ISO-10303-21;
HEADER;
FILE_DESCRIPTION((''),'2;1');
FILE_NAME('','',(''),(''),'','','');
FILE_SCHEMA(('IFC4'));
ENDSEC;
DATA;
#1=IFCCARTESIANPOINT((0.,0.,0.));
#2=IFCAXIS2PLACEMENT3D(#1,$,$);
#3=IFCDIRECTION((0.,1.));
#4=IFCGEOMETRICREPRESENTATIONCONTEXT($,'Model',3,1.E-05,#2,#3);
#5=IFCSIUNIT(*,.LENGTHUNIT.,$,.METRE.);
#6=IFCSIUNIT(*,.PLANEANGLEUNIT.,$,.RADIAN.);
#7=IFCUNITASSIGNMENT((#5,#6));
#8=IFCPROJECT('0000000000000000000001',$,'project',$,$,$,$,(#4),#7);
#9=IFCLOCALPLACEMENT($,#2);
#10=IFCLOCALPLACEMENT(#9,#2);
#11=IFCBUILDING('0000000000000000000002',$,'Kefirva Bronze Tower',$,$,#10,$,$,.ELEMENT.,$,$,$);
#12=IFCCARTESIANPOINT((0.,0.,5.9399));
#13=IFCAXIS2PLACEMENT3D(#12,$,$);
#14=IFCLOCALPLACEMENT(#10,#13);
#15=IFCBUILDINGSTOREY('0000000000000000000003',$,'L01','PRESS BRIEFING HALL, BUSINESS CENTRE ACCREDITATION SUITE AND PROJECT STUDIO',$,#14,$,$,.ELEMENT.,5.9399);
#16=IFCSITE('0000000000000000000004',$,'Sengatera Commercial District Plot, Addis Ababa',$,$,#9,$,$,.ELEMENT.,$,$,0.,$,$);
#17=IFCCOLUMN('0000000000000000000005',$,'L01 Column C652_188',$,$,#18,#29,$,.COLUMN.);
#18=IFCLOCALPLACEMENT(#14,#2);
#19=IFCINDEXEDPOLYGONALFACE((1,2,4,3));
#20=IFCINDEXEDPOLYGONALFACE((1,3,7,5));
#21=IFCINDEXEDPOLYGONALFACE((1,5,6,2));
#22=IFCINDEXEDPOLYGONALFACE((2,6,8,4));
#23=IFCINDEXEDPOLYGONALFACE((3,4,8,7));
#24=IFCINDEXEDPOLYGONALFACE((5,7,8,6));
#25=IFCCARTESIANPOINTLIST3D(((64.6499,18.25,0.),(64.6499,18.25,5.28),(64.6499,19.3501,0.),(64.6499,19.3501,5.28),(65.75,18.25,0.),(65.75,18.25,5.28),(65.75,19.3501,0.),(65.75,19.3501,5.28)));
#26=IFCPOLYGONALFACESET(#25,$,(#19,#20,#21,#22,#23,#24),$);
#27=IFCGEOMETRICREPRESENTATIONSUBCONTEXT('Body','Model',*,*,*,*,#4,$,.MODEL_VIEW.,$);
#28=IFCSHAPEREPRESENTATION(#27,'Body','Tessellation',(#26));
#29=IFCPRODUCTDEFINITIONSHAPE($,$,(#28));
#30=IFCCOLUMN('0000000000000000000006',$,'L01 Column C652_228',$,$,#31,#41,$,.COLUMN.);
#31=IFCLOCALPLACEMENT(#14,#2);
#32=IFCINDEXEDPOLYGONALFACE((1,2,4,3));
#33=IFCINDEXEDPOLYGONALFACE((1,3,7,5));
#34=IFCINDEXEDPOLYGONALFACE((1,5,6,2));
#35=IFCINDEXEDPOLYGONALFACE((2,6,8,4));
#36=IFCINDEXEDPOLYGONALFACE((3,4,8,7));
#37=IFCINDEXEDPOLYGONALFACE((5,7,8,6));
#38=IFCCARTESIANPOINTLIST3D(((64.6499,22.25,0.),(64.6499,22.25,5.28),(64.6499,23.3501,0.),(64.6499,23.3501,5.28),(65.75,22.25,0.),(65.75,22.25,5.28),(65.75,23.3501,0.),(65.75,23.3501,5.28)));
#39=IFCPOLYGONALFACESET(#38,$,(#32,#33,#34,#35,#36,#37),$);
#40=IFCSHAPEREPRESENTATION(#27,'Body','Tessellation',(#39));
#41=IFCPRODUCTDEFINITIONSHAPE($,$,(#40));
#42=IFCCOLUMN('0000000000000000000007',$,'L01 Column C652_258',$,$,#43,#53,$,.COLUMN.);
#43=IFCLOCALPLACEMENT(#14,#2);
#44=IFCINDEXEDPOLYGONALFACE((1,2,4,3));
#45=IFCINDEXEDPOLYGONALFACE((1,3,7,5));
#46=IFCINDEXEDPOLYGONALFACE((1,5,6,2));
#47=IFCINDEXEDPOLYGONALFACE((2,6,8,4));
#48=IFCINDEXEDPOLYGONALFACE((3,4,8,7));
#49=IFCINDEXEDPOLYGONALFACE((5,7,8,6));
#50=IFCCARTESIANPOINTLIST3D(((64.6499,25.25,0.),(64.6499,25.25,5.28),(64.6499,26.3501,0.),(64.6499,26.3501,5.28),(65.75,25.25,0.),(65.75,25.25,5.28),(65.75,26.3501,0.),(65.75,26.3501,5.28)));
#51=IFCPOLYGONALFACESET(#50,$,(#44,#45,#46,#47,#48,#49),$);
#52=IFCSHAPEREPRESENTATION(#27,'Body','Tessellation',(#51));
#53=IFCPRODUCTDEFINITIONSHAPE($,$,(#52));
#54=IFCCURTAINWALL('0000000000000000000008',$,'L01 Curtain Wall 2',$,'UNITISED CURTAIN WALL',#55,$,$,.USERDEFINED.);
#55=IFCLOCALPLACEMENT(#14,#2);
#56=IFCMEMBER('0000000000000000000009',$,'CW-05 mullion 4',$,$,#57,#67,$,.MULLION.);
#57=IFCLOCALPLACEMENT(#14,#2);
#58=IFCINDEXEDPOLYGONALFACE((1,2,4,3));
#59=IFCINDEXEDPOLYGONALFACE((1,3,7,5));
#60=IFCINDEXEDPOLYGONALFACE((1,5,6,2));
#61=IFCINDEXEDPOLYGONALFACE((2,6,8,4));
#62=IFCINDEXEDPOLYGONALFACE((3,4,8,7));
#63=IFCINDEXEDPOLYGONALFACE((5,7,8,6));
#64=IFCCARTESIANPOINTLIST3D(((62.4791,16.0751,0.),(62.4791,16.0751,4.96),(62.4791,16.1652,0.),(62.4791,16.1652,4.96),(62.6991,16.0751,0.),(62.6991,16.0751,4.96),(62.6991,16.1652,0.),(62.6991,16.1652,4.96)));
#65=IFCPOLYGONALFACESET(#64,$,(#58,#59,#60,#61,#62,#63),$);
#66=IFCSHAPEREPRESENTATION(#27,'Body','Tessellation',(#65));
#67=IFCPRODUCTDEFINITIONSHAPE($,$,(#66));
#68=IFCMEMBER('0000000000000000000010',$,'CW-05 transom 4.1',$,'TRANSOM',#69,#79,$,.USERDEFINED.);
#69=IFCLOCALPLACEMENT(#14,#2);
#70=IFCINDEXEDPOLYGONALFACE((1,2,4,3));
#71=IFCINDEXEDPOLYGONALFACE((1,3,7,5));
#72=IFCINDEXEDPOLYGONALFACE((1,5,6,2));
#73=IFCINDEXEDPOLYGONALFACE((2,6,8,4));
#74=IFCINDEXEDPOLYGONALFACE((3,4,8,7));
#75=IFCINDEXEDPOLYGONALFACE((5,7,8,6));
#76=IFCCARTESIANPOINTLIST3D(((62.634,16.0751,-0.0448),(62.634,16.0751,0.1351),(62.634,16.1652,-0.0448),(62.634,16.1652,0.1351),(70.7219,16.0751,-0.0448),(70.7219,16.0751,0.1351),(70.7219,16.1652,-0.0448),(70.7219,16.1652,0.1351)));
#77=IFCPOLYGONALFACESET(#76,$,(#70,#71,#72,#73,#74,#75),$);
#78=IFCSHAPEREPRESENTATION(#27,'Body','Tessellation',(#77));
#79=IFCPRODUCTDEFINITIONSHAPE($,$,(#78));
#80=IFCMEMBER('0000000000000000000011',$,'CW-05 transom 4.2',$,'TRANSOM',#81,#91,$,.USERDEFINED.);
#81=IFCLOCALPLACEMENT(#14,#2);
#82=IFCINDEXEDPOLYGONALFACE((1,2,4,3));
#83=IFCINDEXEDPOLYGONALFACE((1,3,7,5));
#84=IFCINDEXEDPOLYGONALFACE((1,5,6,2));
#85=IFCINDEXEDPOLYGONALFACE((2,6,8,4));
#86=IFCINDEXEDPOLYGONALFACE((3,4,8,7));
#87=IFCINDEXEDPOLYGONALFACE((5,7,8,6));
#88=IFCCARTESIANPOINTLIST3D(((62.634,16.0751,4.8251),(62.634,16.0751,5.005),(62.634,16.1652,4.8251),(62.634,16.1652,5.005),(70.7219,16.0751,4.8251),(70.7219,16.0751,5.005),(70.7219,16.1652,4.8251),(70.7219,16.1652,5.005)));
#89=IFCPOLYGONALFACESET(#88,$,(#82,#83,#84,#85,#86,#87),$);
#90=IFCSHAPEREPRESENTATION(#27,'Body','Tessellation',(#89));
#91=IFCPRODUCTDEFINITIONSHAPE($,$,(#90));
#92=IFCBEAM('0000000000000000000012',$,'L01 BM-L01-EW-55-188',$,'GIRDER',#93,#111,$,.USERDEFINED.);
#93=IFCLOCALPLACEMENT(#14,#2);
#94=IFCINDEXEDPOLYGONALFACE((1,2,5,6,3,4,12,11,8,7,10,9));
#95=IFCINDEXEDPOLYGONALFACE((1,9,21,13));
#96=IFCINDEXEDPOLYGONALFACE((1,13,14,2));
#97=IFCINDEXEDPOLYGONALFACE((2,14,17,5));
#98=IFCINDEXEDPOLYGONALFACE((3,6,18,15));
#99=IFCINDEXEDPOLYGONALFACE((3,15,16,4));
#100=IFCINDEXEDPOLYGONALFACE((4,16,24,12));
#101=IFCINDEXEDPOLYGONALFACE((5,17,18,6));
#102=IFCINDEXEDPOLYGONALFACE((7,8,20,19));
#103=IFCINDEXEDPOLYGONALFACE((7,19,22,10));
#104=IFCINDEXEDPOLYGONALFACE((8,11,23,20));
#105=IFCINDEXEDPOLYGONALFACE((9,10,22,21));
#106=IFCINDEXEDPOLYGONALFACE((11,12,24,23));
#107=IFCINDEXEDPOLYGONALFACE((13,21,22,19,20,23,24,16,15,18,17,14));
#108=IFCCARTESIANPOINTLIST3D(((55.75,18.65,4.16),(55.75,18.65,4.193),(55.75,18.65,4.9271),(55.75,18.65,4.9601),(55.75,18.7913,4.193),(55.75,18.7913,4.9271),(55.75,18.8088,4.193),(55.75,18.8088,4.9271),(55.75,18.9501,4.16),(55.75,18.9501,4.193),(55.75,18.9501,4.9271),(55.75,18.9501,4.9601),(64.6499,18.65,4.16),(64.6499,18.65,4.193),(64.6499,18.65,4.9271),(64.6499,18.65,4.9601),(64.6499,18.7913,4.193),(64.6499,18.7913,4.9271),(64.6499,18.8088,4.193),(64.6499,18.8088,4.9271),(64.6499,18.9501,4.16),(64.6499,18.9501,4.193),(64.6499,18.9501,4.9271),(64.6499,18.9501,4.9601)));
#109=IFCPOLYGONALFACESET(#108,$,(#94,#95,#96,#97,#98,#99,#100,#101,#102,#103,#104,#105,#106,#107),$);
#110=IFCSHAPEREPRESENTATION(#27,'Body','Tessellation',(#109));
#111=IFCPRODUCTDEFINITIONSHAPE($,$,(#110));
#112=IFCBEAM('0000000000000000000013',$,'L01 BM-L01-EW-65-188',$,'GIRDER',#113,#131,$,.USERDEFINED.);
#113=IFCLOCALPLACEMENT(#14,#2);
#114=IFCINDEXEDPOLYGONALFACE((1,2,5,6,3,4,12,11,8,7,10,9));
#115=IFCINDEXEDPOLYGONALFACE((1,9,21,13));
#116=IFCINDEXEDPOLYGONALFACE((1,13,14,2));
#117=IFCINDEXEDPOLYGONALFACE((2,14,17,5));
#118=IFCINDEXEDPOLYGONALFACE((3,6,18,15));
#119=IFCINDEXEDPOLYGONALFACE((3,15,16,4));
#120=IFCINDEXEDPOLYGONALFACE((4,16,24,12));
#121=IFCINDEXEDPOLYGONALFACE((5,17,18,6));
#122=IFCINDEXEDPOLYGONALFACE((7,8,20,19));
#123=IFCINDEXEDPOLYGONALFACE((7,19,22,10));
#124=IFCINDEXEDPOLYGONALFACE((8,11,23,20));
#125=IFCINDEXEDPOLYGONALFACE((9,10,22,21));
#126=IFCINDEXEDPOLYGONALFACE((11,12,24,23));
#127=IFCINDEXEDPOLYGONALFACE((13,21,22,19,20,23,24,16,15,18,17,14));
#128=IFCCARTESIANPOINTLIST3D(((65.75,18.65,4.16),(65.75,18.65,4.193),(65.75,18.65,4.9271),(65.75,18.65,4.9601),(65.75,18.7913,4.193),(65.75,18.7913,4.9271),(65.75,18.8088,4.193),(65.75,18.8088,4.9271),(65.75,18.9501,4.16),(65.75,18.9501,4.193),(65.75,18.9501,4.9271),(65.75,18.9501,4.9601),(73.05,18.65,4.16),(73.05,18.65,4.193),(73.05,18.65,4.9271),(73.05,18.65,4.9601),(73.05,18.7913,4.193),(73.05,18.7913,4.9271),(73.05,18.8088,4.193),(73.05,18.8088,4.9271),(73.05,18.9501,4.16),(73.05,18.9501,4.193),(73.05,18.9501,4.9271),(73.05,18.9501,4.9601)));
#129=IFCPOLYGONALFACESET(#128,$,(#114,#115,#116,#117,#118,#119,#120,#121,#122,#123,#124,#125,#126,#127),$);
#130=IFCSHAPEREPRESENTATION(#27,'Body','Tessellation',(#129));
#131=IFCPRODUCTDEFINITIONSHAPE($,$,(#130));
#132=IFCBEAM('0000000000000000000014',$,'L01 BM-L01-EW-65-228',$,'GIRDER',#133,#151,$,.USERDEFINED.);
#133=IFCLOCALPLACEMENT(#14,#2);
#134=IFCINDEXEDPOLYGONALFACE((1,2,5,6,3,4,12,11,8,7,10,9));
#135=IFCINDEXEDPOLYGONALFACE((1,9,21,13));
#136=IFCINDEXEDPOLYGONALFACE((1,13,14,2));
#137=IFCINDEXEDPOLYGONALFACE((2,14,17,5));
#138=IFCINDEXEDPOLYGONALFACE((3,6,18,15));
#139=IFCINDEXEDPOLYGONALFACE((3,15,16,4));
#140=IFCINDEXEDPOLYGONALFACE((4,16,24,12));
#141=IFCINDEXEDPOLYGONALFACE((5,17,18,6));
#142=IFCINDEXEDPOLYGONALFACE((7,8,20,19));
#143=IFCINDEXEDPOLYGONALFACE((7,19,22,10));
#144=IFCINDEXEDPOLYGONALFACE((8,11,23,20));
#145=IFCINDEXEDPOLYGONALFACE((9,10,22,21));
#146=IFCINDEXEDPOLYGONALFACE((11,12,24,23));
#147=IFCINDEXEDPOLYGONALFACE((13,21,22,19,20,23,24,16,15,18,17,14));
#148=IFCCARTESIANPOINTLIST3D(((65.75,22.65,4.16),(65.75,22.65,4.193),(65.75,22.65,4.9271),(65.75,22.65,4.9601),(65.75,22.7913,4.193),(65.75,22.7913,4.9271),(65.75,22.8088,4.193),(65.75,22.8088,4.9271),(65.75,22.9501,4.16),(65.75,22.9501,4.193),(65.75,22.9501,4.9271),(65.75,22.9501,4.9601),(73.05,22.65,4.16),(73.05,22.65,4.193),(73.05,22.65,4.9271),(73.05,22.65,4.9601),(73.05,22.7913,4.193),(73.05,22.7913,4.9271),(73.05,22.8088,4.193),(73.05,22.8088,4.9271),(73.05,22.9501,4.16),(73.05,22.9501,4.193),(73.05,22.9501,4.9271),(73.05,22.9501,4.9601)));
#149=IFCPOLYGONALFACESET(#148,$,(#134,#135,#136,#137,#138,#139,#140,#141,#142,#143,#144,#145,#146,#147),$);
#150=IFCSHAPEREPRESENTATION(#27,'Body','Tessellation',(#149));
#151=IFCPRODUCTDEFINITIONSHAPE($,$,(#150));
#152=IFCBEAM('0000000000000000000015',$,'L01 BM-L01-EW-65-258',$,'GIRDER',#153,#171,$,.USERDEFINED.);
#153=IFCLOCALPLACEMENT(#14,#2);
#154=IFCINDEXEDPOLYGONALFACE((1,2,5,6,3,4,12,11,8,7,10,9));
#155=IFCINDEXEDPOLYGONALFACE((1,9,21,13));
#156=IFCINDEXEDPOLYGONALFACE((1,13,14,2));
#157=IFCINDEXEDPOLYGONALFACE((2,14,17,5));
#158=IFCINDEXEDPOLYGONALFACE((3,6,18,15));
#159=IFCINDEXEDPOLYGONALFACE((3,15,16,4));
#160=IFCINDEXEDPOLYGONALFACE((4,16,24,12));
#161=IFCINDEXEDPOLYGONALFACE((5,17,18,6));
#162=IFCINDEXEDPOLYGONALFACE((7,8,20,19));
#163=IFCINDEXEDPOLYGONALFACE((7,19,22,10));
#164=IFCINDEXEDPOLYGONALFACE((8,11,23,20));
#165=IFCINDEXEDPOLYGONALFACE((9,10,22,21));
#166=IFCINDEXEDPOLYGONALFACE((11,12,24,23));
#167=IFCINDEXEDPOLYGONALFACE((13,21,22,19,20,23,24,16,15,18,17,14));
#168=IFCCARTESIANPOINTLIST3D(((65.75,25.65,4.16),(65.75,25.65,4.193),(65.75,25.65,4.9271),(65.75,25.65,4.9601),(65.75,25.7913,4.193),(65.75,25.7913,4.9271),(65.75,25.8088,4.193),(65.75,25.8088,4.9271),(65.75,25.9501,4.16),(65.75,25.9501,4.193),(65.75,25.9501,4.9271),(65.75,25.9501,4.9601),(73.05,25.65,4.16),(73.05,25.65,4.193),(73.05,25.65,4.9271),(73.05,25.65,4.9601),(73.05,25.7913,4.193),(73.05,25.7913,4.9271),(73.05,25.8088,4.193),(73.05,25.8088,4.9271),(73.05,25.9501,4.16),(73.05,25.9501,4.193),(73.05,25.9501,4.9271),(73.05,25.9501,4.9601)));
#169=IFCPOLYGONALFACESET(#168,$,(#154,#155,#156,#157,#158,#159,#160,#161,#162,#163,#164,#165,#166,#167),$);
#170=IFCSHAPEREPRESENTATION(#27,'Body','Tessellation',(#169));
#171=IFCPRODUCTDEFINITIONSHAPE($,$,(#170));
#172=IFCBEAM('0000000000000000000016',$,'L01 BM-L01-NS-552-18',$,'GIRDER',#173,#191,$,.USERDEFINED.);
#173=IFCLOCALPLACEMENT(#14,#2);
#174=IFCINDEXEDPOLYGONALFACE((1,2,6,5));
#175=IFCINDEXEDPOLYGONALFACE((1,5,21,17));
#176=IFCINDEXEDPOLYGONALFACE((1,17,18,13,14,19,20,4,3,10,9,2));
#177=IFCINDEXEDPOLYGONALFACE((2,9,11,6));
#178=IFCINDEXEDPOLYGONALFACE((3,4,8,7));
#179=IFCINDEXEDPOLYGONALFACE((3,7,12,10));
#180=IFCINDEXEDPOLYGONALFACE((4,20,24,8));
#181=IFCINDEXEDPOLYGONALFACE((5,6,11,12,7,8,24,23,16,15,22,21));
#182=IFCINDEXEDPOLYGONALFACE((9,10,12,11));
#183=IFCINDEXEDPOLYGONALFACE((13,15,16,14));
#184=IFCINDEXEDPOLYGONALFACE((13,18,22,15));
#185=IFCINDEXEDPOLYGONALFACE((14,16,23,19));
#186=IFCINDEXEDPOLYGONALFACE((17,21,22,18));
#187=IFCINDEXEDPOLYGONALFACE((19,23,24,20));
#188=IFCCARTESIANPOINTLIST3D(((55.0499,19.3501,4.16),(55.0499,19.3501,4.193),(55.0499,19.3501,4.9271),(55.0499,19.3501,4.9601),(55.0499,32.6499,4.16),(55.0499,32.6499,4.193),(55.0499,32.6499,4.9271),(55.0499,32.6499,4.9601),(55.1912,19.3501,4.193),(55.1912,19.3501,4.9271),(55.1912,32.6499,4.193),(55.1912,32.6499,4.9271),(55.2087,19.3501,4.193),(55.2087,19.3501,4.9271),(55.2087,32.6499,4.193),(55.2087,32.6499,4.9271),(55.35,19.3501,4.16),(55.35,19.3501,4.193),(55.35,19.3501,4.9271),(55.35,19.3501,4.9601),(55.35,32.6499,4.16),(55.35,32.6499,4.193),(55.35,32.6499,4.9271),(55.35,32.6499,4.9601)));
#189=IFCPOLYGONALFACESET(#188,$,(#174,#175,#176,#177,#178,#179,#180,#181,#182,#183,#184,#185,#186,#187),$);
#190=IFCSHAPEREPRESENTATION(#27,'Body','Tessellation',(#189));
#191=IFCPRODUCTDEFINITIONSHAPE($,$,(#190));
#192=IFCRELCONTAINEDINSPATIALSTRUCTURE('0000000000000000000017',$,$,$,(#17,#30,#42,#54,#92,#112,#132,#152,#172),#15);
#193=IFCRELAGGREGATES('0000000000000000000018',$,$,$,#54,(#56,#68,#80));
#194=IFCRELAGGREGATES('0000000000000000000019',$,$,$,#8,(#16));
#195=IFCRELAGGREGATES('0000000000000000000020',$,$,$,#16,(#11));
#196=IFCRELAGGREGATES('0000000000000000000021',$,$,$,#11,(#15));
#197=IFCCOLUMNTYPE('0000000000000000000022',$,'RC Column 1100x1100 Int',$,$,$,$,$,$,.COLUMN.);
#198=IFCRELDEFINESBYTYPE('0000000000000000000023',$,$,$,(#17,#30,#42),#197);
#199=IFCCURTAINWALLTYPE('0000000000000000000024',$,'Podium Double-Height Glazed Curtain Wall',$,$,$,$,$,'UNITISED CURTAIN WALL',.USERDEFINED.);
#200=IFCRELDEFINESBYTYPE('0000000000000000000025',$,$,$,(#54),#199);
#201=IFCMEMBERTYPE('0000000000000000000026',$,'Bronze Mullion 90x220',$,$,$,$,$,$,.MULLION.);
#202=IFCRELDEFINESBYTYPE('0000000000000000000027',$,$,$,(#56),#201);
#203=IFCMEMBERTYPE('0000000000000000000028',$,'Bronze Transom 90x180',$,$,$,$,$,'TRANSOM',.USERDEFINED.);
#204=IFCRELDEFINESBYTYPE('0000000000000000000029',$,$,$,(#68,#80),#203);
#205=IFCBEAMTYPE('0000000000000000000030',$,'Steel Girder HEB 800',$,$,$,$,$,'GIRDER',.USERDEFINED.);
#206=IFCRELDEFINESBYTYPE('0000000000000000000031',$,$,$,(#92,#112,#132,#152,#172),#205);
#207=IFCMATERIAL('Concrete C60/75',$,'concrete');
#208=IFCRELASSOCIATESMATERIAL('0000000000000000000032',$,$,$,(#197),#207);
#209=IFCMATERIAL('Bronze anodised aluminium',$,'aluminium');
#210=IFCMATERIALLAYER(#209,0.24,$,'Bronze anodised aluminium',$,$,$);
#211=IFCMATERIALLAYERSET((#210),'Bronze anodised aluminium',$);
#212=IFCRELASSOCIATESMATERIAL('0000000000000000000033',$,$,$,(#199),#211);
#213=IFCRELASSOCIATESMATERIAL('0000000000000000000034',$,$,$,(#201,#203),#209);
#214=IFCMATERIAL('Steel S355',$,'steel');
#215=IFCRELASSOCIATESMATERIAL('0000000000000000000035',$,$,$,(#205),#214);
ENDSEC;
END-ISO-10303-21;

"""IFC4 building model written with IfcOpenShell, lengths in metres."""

from ifc_helpers import new_model, si_unit, direction, frame, origin, origin_2d, place, context, subcontext, project, spatial, rectangle, i_section, extrude, material, layer, layer_set, material_profile, profile_set, type_object, element, aggregate, save


model = new_model("IFC4")

# Units and contexts
model_context = context("Model", 3, precision=1e-05, world=origin(), true_north=direction((0.0, 1.0)))
body_context = subcontext(model_context, "Body", "Model", "MODEL_VIEW")
ifc_project = project(units=[si_unit("LENGTHUNIT", "METRE"), si_unit("PLANEANGLEUNIT", "RADIAN")], contexts=[model_context])

# Site, building, storey
site_placement = place(None, origin())
site = spatial("IfcSite", under=ifc_project, at=site_placement, Name="Sengatera Commercial District Plot, Addis Ababa", CompositionType="ELEMENT", RefElevation=0.0)
building_placement = place(site_placement, origin())
building = spatial("IfcBuilding", under=site, at=building_placement, Name="Kefirva Bronze Tower", CompositionType="ELEMENT")
storey_placement = place(building_placement, frame((0.0, 0.0, 5.9399)))
storey = spatial("IfcBuildingStorey", under=building, at=storey_placement, Name="L01", Description="PRESS BRIEFING HALL, BUSINESS CENTRE ACCREDITATION SUITE AND PROJECT STUDIO", CompositionType="ELEMENT", Elevation=5.9399)

# Columns
ifc_material_1 = material(Name="Concrete C60/75", Category="concrete")
ifc_material_profile_1 = material_profile(ifc_material_1, rectangle(XDim=1.1001, YDim=1.1001, at=origin_2d()), Name="RC 1100x1100")
ifc_profile_set_1 = profile_set([ifc_material_profile_1], Name="Concrete C60/75")
column_type = type_object("IfcColumnType", Name="RC Column 1100x1100 Int", PredefinedType="COLUMN", material=ifc_profile_set_1)
for number, where, z_axis, x_axis, name in (
    (1, (65.2, 18.8, 0.0), (0.0, 0.0, 1.0), (1.0, 0.0, 0.0), "L01 Column C652_188"),
    (2, (65.2, 22.8, 0.0), (0.0, 0.0, 1.0), (1.0, 0.0, 0.0), "L01 Column C652_228"),
    (3, (65.2, 25.8, 0.0), (0.0, 0.0, 1.0), (1.0, 0.0, 0.0), "L01 Column C652_258"),
):
    element("IfcColumn", number, at=place(storey_placement, frame(where, z_axis=z_axis, x_axis=x_axis)), inside=storey, type_object=column_type, Name=name, PredefinedType="COLUMN", context=body_context, shape_type="SweptSolid", body=[
        extrude(rectangle(XDim=1.1001, YDim=1.1001, at=origin_2d()), origin(), (0.0, 0.0, 1.0), 5.28),
    ])

# Curtain wall, members
ifc_material_2 = material(Name="Bronze anodised aluminium", Category="aluminium")
ifc_layer_1 = layer(ifc_material_2, 0.24, Name="Bronze anodised aluminium")
ifc_layer_set_1 = layer_set([ifc_layer_1], Name="Bronze anodised aluminium")
curtain_wall_type = type_object("IfcCurtainWallType", Name="Podium Double-Height Glazed Curtain Wall", ElementType="UNITISED CURTAIN WALL", PredefinedType="USERDEFINED", material=ifc_layer_set_1)
curtain_wall_placement = place(storey_placement, origin())
curtain_wall = element("IfcCurtainWall", 4, at=curtain_wall_placement, inside=storey, type_object=curtain_wall_type, Name="L01 Curtain Wall 2", ObjectType="UNITISED CURTAIN WALL", PredefinedType="USERDEFINED")
ifc_material_profile_2 = material_profile(ifc_material_2, rectangle(XDim=0.0901, YDim=0.22, at=origin_2d()), Name="ALU 90x220")
ifc_profile_set_2 = profile_set([ifc_material_profile_2], Name="Bronze anodised aluminium")
member_type_1 = type_object("IfcMemberType", Name="Bronze Mullion 90x220", PredefinedType="MULLION", material=ifc_profile_set_2)
member_1_placement = place(storey_placement, frame((62.5891, 16.1201, 0.0), z_axis=(0.0, 0.0, 1.0), x_axis=(0.0, 1.0, 0.0)))
member_1 = element("IfcMember", 5, at=member_1_placement, type_object=member_type_1, Name="CW-05 mullion 4", PredefinedType="MULLION", context=body_context, shape_type="SweptSolid", body=[
    extrude(rectangle(XDim=0.0901, YDim=0.22, at=origin_2d()), origin(), (0.0, 0.0, 1.0), 4.96),
])
ifc_material_profile_3 = material_profile(ifc_material_2, rectangle(XDim=0.0901, YDim=0.1799, at=origin_2d()), Name="ALU 90x180")
ifc_profile_set_3 = profile_set([ifc_material_profile_3], Name="Bronze anodised aluminium")
member_type_2 = type_object("IfcMemberType", Name="Bronze Transom 90x180", ElementType="TRANSOM", PredefinedType="USERDEFINED", material=ifc_profile_set_3)
member_2_placement = place(storey_placement, frame((62.634, 16.1201, 0.0452), z_axis=(1.0, 0.0, 0.0), x_axis=(0.0, 1.0, 0.0)))
member_2 = element("IfcMember", 6, at=member_2_placement, type_object=member_type_2, Name="CW-05 transom 4.1", ObjectType="TRANSOM", PredefinedType="USERDEFINED", context=body_context, shape_type="SweptSolid", body=[
    extrude(rectangle(XDim=0.0901, YDim=0.1799, at=origin_2d()), origin(), (0.0, 0.0, 1.0), 8.0879),
])
member_3_placement = place(storey_placement, frame((62.634, 16.1201, 4.915), z_axis=(1.0, 0.0, 0.0), x_axis=(0.0, 1.0, 0.0)))
member_3 = element("IfcMember", 7, at=member_3_placement, type_object=member_type_2, Name="CW-05 transom 4.2", ObjectType="TRANSOM", PredefinedType="USERDEFINED", context=body_context, shape_type="SweptSolid", body=[
    extrude(rectangle(XDim=0.0901, YDim=0.1799, at=origin_2d()), origin(), (0.0, 0.0, 1.0), 8.0879),
])

# Beams
ifc_material_3 = material(Name="Steel S355", Category="steel")
ifc_material_profile_4 = material_profile(ifc_material_3, i_section(OverallWidth=0.3, OverallDepth=0.8, WebThickness=0.0176, FlangeThickness=0.033, at=origin_2d()), Name="HEB 800")
ifc_profile_set_4 = profile_set([ifc_material_profile_4], Name="Steel S355")
beam_type = type_object("IfcBeamType", Name="Steel Girder HEB 800", ElementType="GIRDER", PredefinedType="USERDEFINED", material=ifc_profile_set_4)
beam_1_placement = place(storey_placement, frame((55.75, 18.8, 4.5601), z_axis=(1.0, 0.0, 0.0), x_axis=(0.0, 1.0, 0.0)))
element("IfcBeam", 8, at=beam_1_placement, inside=storey, type_object=beam_type, Name="L01 BM-L01-EW-55-188", ObjectType="GIRDER", PredefinedType="USERDEFINED", context=body_context, shape_type="SweptSolid", body=[
    extrude(i_section(OverallWidth=0.3, OverallDepth=0.8, WebThickness=0.0176, FlangeThickness=0.033, at=origin_2d()), origin(), (0.0, 0.0, 1.0), 8.8999),
])
for number, where, z_axis, x_axis, name in (
    (9, (65.75, 18.8, 4.5601), (1.0, 0.0, 0.0), (0.0, 1.0, 0.0), "L01 BM-L01-EW-65-188"),
    (10, (65.75, 22.8, 4.5601), (1.0, 0.0, 0.0), (0.0, 1.0, 0.0), "L01 BM-L01-EW-65-228"),
    (11, (65.75, 25.8, 4.5601), (1.0, 0.0, 0.0), (0.0, 1.0, 0.0), "L01 BM-L01-EW-65-258"),
):
    element("IfcBeam", number, at=place(storey_placement, frame(where, z_axis=z_axis, x_axis=x_axis)), inside=storey, type_object=beam_type, Name=name, ObjectType="GIRDER", PredefinedType="USERDEFINED", context=body_context, shape_type="SweptSolid", body=[
        extrude(i_section(OverallWidth=0.3, OverallDepth=0.8, WebThickness=0.0176, FlangeThickness=0.033, at=origin_2d()), origin(), (0.0, 0.0, 1.0), 7.3),
    ])
beam_2_placement = place(storey_placement, frame((55.2, 19.3501, 4.5601), z_axis=(0.0, 1.0, 0.0), x_axis=(-1.0, 0.0, 0.0)))
element("IfcBeam", 12, at=beam_2_placement, inside=storey, type_object=beam_type, Name="L01 BM-L01-NS-552-18", ObjectType="GIRDER", PredefinedType="USERDEFINED", context=body_context, shape_type="SweptSolid", body=[
    extrude(i_section(OverallWidth=0.3, OverallDepth=0.8, WebThickness=0.0176, FlangeThickness=0.033, at=origin_2d()), origin(), (0.0, 0.0, 1.0), 13.2998),
])

aggregate(curtain_wall, [member_1, member_2, member_3])

save(model, "model.ifc")
